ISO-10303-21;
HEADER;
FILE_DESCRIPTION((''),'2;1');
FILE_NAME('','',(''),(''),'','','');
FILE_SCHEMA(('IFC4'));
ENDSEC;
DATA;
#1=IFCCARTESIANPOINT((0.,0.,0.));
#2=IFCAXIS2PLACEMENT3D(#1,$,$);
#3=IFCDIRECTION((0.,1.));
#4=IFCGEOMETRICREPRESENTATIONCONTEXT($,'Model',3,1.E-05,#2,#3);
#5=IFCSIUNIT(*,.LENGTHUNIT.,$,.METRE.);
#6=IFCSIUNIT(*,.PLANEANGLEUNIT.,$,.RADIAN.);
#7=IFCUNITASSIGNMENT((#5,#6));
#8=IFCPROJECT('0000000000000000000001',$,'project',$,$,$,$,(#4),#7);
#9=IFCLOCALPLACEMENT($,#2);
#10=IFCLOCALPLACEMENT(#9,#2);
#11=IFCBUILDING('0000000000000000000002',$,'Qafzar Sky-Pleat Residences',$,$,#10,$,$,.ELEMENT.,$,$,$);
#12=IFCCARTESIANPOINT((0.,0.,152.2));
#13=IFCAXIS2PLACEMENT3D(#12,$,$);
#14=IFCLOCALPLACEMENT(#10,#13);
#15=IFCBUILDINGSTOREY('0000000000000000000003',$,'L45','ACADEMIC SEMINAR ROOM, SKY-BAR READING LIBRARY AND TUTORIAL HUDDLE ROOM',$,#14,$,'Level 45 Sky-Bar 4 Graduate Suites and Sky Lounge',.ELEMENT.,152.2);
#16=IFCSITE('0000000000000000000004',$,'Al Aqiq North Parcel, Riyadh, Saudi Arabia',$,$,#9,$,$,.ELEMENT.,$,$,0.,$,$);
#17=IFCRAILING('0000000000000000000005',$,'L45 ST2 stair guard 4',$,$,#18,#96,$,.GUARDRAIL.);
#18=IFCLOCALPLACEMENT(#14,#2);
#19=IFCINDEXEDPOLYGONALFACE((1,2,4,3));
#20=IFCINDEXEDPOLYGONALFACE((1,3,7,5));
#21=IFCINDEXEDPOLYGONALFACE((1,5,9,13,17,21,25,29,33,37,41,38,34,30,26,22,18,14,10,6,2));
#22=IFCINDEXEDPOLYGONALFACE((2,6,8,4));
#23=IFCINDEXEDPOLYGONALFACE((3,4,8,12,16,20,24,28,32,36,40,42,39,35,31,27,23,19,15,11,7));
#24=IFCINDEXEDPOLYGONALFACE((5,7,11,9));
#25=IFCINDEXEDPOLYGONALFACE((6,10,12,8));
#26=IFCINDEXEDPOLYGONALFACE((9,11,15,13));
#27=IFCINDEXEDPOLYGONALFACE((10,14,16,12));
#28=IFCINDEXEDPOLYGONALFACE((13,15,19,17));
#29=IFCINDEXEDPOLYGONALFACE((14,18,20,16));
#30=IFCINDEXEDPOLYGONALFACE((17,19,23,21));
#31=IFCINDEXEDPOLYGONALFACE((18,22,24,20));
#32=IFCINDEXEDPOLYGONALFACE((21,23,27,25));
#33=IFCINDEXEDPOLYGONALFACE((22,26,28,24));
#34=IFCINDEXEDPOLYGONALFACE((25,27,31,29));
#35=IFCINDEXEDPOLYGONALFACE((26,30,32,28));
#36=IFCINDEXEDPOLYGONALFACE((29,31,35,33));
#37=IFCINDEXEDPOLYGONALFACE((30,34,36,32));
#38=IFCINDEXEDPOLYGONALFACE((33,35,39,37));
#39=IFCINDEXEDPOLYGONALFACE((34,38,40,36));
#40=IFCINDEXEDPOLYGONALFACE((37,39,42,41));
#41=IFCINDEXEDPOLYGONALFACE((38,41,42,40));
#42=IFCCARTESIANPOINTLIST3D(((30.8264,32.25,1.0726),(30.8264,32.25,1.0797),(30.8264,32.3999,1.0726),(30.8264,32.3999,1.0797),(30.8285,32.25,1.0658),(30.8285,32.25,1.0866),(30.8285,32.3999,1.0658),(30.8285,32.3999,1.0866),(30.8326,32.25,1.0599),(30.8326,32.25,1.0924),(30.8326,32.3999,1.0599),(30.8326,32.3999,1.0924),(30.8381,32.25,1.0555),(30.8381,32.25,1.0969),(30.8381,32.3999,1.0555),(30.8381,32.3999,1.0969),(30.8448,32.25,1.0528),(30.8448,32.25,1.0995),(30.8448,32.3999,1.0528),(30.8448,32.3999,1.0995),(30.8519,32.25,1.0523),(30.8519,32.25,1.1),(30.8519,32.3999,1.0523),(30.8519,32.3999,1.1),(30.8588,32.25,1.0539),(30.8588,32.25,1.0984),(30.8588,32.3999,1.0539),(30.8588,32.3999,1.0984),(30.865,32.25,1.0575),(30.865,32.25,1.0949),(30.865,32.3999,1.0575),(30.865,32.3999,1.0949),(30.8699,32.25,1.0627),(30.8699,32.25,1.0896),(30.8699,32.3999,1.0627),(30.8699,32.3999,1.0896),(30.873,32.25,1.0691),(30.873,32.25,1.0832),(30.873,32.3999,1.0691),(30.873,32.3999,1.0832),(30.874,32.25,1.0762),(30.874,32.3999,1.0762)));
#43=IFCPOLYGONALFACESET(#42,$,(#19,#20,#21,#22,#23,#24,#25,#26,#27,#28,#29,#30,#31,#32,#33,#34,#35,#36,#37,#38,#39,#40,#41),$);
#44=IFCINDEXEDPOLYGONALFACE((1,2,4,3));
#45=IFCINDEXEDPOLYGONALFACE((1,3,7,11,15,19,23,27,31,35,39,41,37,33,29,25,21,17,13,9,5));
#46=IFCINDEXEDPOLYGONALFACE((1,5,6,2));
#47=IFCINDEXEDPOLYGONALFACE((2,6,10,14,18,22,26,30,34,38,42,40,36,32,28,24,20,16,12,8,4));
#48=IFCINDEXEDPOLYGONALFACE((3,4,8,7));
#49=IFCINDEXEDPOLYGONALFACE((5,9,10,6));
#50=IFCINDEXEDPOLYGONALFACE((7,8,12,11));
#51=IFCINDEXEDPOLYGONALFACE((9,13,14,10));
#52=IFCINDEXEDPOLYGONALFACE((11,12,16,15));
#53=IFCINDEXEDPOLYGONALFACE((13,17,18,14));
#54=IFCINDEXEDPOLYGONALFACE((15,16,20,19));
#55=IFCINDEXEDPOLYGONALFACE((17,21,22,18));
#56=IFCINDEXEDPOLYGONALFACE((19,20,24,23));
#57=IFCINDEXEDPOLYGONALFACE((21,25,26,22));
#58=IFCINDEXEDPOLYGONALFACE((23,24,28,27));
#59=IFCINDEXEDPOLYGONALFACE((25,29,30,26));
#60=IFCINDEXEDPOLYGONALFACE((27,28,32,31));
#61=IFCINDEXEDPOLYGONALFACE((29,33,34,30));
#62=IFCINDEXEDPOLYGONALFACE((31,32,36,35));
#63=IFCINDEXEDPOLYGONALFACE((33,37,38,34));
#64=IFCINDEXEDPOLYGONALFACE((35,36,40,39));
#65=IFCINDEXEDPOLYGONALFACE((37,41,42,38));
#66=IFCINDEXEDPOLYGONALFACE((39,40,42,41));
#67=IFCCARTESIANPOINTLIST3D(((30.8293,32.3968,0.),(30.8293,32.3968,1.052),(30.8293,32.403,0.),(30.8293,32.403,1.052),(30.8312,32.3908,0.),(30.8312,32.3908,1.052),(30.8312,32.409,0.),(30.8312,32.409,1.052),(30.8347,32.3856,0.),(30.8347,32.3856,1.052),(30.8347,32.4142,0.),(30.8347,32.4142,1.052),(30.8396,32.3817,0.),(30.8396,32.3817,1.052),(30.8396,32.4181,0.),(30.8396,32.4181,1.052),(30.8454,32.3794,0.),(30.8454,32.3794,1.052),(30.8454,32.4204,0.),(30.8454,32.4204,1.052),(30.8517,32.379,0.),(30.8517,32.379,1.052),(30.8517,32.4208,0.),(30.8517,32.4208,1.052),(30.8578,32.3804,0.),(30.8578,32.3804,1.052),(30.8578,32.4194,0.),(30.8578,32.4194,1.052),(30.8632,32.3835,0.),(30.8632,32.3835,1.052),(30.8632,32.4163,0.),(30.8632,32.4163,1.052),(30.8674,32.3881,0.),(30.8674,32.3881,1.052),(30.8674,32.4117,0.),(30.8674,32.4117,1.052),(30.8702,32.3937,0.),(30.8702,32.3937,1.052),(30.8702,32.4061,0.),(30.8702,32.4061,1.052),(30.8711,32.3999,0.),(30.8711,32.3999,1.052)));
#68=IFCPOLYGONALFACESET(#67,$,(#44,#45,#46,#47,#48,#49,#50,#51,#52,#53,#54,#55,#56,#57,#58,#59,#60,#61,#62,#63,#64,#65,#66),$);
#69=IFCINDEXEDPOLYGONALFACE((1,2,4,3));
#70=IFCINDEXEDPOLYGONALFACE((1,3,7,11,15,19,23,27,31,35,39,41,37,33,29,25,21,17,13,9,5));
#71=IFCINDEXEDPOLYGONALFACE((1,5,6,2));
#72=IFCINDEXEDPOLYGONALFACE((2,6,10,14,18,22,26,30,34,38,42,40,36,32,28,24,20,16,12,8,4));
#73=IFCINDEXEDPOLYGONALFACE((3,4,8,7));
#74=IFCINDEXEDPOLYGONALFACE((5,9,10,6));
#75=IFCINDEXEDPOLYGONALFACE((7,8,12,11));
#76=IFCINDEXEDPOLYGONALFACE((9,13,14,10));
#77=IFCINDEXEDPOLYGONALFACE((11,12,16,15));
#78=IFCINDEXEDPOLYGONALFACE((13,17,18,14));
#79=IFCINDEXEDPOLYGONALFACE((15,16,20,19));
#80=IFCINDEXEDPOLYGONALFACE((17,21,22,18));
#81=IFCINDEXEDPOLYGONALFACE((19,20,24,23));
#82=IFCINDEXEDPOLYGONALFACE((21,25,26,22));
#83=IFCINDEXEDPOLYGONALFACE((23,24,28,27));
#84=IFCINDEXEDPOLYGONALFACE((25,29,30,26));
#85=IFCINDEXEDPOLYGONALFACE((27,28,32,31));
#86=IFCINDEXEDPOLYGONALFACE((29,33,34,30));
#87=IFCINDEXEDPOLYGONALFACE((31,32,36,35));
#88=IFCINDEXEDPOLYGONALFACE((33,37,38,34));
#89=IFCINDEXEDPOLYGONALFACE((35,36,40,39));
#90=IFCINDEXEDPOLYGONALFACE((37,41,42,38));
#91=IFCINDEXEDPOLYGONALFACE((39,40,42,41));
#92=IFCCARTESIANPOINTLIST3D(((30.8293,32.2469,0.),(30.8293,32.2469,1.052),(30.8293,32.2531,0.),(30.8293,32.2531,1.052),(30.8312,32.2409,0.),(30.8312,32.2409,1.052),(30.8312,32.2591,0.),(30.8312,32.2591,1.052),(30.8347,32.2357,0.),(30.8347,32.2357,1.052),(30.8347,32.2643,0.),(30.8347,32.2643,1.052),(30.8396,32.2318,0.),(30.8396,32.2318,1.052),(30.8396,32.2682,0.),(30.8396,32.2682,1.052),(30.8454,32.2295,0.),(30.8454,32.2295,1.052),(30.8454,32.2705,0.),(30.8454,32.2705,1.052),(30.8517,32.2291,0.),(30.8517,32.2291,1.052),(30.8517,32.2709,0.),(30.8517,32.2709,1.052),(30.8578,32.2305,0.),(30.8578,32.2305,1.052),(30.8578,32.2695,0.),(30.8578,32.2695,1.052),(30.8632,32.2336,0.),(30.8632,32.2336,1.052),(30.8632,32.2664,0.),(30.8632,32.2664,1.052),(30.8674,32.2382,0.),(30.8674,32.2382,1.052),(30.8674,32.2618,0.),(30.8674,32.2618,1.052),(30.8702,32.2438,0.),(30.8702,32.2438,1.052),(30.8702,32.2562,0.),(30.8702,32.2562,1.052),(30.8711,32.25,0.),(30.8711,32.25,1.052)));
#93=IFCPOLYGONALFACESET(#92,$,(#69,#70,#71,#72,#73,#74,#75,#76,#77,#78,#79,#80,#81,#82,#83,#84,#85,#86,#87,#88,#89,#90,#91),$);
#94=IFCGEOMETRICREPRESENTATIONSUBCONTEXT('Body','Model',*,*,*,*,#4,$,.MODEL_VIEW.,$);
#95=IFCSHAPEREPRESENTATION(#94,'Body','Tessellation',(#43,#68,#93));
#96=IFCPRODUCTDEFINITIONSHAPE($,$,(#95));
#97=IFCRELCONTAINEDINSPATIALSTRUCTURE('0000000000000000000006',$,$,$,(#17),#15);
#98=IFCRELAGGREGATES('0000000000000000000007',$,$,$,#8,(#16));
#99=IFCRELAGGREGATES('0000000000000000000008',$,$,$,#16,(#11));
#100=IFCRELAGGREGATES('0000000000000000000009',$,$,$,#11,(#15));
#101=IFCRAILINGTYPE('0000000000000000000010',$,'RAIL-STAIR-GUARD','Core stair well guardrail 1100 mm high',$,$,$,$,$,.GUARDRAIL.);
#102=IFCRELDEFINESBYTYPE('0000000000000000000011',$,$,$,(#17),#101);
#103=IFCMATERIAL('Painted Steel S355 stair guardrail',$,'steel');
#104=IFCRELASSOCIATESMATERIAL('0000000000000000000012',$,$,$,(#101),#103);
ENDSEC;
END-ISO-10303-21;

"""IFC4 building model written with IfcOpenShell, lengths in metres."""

from ifc_helpers import new_model, si_unit, direction, frame, origin, origin_2d, place, context, subcontext, project, spatial, circle, extrude, source, transform, mapped, material, type_object, element, save


model = new_model("IFC4")

# Units and contexts
model_context = context("Model", 3, precision=1e-05, world=origin(), true_north=direction((0.0, 1.0)))
body_context = subcontext(model_context, "Body", "Model", "MODEL_VIEW")
ifc_project = project(units=[si_unit("LENGTHUNIT", "METRE"), si_unit("PLANEANGLEUNIT", "RADIAN")], contexts=[model_context])

# Site, building, storey
site_placement = place(None, origin())
site = spatial("IfcSite", under=ifc_project, at=site_placement, Name="Al Aqiq North Parcel, Riyadh, Saudi Arabia", CompositionType="ELEMENT", RefElevation=0.0)
building_placement = place(site_placement, origin())
building = spatial("IfcBuilding", under=site, at=building_placement, Name="Qafzar Sky-Pleat Residences", CompositionType="ELEMENT")
storey_placement = place(building_placement, frame((0.0, 0.0, 152.2)))
storey = spatial("IfcBuildingStorey", under=building, at=storey_placement, Name="L45", Description="ACADEMIC SEMINAR ROOM, SKY-BAR READING LIBRARY AND TUTORIAL HUDDLE ROOM", LongName="Level 45 Sky-Bar 4 Graduate Suites and Sky Lounge", CompositionType="ELEMENT", Elevation=152.2)

# Railing
ifc_material_1 = material(Name="Painted Steel S355 stair guardrail", Category="steel")
railing_type_1 = type_object("IfcRailingType", Name="RAIL-STAIR-GUARD", Description="Core stair well guardrail 1100 mm high", PredefinedType="GUARDRAIL", material=ifc_material_1)
shared_shape_1 = source(origin(), body_context, "Body", "SweptSolid", [
    extrude(circle(Radius=0.0239, at=origin_2d()), frame((0.0, 0.0, 1.0762), z_axis=(0.0, -1.0, 0.0), x_axis=(1.0, 0.0, 0.0)), (0.0, 0.0, 1.0), 0.1499),
    extrude(circle(Radius=0.021, at=origin_2d()), origin(), (0.0, 0.0, 1.0), 1.052),
    extrude(circle(Radius=0.021, at=origin_2d()), frame((0.0, -0.1499, 0.0)), (0.0, 0.0, 1.0), 1.052),
])
railing_1_placement = place(storey_placement, frame((30.8501, 32.3999, 0.0)))
element("IfcRailing", 1, at=railing_1_placement, inside=storey, type_object=railing_type_1, Name="L45 ST2 stair guard 4", PredefinedType="GUARDRAIL", context=body_context, shape_type="MappedRepresentation", body=[
    mapped(shared_shape_1, transform((0.0, 0.0, 0.0), x_axis=(1.0, 0.0, 0.0), y_axis=(0.0, 1.0, 0.0), z_axis=(0.0, 0.0, 1.0), scale=1.0)),
])

save(model, "model.ifc")
